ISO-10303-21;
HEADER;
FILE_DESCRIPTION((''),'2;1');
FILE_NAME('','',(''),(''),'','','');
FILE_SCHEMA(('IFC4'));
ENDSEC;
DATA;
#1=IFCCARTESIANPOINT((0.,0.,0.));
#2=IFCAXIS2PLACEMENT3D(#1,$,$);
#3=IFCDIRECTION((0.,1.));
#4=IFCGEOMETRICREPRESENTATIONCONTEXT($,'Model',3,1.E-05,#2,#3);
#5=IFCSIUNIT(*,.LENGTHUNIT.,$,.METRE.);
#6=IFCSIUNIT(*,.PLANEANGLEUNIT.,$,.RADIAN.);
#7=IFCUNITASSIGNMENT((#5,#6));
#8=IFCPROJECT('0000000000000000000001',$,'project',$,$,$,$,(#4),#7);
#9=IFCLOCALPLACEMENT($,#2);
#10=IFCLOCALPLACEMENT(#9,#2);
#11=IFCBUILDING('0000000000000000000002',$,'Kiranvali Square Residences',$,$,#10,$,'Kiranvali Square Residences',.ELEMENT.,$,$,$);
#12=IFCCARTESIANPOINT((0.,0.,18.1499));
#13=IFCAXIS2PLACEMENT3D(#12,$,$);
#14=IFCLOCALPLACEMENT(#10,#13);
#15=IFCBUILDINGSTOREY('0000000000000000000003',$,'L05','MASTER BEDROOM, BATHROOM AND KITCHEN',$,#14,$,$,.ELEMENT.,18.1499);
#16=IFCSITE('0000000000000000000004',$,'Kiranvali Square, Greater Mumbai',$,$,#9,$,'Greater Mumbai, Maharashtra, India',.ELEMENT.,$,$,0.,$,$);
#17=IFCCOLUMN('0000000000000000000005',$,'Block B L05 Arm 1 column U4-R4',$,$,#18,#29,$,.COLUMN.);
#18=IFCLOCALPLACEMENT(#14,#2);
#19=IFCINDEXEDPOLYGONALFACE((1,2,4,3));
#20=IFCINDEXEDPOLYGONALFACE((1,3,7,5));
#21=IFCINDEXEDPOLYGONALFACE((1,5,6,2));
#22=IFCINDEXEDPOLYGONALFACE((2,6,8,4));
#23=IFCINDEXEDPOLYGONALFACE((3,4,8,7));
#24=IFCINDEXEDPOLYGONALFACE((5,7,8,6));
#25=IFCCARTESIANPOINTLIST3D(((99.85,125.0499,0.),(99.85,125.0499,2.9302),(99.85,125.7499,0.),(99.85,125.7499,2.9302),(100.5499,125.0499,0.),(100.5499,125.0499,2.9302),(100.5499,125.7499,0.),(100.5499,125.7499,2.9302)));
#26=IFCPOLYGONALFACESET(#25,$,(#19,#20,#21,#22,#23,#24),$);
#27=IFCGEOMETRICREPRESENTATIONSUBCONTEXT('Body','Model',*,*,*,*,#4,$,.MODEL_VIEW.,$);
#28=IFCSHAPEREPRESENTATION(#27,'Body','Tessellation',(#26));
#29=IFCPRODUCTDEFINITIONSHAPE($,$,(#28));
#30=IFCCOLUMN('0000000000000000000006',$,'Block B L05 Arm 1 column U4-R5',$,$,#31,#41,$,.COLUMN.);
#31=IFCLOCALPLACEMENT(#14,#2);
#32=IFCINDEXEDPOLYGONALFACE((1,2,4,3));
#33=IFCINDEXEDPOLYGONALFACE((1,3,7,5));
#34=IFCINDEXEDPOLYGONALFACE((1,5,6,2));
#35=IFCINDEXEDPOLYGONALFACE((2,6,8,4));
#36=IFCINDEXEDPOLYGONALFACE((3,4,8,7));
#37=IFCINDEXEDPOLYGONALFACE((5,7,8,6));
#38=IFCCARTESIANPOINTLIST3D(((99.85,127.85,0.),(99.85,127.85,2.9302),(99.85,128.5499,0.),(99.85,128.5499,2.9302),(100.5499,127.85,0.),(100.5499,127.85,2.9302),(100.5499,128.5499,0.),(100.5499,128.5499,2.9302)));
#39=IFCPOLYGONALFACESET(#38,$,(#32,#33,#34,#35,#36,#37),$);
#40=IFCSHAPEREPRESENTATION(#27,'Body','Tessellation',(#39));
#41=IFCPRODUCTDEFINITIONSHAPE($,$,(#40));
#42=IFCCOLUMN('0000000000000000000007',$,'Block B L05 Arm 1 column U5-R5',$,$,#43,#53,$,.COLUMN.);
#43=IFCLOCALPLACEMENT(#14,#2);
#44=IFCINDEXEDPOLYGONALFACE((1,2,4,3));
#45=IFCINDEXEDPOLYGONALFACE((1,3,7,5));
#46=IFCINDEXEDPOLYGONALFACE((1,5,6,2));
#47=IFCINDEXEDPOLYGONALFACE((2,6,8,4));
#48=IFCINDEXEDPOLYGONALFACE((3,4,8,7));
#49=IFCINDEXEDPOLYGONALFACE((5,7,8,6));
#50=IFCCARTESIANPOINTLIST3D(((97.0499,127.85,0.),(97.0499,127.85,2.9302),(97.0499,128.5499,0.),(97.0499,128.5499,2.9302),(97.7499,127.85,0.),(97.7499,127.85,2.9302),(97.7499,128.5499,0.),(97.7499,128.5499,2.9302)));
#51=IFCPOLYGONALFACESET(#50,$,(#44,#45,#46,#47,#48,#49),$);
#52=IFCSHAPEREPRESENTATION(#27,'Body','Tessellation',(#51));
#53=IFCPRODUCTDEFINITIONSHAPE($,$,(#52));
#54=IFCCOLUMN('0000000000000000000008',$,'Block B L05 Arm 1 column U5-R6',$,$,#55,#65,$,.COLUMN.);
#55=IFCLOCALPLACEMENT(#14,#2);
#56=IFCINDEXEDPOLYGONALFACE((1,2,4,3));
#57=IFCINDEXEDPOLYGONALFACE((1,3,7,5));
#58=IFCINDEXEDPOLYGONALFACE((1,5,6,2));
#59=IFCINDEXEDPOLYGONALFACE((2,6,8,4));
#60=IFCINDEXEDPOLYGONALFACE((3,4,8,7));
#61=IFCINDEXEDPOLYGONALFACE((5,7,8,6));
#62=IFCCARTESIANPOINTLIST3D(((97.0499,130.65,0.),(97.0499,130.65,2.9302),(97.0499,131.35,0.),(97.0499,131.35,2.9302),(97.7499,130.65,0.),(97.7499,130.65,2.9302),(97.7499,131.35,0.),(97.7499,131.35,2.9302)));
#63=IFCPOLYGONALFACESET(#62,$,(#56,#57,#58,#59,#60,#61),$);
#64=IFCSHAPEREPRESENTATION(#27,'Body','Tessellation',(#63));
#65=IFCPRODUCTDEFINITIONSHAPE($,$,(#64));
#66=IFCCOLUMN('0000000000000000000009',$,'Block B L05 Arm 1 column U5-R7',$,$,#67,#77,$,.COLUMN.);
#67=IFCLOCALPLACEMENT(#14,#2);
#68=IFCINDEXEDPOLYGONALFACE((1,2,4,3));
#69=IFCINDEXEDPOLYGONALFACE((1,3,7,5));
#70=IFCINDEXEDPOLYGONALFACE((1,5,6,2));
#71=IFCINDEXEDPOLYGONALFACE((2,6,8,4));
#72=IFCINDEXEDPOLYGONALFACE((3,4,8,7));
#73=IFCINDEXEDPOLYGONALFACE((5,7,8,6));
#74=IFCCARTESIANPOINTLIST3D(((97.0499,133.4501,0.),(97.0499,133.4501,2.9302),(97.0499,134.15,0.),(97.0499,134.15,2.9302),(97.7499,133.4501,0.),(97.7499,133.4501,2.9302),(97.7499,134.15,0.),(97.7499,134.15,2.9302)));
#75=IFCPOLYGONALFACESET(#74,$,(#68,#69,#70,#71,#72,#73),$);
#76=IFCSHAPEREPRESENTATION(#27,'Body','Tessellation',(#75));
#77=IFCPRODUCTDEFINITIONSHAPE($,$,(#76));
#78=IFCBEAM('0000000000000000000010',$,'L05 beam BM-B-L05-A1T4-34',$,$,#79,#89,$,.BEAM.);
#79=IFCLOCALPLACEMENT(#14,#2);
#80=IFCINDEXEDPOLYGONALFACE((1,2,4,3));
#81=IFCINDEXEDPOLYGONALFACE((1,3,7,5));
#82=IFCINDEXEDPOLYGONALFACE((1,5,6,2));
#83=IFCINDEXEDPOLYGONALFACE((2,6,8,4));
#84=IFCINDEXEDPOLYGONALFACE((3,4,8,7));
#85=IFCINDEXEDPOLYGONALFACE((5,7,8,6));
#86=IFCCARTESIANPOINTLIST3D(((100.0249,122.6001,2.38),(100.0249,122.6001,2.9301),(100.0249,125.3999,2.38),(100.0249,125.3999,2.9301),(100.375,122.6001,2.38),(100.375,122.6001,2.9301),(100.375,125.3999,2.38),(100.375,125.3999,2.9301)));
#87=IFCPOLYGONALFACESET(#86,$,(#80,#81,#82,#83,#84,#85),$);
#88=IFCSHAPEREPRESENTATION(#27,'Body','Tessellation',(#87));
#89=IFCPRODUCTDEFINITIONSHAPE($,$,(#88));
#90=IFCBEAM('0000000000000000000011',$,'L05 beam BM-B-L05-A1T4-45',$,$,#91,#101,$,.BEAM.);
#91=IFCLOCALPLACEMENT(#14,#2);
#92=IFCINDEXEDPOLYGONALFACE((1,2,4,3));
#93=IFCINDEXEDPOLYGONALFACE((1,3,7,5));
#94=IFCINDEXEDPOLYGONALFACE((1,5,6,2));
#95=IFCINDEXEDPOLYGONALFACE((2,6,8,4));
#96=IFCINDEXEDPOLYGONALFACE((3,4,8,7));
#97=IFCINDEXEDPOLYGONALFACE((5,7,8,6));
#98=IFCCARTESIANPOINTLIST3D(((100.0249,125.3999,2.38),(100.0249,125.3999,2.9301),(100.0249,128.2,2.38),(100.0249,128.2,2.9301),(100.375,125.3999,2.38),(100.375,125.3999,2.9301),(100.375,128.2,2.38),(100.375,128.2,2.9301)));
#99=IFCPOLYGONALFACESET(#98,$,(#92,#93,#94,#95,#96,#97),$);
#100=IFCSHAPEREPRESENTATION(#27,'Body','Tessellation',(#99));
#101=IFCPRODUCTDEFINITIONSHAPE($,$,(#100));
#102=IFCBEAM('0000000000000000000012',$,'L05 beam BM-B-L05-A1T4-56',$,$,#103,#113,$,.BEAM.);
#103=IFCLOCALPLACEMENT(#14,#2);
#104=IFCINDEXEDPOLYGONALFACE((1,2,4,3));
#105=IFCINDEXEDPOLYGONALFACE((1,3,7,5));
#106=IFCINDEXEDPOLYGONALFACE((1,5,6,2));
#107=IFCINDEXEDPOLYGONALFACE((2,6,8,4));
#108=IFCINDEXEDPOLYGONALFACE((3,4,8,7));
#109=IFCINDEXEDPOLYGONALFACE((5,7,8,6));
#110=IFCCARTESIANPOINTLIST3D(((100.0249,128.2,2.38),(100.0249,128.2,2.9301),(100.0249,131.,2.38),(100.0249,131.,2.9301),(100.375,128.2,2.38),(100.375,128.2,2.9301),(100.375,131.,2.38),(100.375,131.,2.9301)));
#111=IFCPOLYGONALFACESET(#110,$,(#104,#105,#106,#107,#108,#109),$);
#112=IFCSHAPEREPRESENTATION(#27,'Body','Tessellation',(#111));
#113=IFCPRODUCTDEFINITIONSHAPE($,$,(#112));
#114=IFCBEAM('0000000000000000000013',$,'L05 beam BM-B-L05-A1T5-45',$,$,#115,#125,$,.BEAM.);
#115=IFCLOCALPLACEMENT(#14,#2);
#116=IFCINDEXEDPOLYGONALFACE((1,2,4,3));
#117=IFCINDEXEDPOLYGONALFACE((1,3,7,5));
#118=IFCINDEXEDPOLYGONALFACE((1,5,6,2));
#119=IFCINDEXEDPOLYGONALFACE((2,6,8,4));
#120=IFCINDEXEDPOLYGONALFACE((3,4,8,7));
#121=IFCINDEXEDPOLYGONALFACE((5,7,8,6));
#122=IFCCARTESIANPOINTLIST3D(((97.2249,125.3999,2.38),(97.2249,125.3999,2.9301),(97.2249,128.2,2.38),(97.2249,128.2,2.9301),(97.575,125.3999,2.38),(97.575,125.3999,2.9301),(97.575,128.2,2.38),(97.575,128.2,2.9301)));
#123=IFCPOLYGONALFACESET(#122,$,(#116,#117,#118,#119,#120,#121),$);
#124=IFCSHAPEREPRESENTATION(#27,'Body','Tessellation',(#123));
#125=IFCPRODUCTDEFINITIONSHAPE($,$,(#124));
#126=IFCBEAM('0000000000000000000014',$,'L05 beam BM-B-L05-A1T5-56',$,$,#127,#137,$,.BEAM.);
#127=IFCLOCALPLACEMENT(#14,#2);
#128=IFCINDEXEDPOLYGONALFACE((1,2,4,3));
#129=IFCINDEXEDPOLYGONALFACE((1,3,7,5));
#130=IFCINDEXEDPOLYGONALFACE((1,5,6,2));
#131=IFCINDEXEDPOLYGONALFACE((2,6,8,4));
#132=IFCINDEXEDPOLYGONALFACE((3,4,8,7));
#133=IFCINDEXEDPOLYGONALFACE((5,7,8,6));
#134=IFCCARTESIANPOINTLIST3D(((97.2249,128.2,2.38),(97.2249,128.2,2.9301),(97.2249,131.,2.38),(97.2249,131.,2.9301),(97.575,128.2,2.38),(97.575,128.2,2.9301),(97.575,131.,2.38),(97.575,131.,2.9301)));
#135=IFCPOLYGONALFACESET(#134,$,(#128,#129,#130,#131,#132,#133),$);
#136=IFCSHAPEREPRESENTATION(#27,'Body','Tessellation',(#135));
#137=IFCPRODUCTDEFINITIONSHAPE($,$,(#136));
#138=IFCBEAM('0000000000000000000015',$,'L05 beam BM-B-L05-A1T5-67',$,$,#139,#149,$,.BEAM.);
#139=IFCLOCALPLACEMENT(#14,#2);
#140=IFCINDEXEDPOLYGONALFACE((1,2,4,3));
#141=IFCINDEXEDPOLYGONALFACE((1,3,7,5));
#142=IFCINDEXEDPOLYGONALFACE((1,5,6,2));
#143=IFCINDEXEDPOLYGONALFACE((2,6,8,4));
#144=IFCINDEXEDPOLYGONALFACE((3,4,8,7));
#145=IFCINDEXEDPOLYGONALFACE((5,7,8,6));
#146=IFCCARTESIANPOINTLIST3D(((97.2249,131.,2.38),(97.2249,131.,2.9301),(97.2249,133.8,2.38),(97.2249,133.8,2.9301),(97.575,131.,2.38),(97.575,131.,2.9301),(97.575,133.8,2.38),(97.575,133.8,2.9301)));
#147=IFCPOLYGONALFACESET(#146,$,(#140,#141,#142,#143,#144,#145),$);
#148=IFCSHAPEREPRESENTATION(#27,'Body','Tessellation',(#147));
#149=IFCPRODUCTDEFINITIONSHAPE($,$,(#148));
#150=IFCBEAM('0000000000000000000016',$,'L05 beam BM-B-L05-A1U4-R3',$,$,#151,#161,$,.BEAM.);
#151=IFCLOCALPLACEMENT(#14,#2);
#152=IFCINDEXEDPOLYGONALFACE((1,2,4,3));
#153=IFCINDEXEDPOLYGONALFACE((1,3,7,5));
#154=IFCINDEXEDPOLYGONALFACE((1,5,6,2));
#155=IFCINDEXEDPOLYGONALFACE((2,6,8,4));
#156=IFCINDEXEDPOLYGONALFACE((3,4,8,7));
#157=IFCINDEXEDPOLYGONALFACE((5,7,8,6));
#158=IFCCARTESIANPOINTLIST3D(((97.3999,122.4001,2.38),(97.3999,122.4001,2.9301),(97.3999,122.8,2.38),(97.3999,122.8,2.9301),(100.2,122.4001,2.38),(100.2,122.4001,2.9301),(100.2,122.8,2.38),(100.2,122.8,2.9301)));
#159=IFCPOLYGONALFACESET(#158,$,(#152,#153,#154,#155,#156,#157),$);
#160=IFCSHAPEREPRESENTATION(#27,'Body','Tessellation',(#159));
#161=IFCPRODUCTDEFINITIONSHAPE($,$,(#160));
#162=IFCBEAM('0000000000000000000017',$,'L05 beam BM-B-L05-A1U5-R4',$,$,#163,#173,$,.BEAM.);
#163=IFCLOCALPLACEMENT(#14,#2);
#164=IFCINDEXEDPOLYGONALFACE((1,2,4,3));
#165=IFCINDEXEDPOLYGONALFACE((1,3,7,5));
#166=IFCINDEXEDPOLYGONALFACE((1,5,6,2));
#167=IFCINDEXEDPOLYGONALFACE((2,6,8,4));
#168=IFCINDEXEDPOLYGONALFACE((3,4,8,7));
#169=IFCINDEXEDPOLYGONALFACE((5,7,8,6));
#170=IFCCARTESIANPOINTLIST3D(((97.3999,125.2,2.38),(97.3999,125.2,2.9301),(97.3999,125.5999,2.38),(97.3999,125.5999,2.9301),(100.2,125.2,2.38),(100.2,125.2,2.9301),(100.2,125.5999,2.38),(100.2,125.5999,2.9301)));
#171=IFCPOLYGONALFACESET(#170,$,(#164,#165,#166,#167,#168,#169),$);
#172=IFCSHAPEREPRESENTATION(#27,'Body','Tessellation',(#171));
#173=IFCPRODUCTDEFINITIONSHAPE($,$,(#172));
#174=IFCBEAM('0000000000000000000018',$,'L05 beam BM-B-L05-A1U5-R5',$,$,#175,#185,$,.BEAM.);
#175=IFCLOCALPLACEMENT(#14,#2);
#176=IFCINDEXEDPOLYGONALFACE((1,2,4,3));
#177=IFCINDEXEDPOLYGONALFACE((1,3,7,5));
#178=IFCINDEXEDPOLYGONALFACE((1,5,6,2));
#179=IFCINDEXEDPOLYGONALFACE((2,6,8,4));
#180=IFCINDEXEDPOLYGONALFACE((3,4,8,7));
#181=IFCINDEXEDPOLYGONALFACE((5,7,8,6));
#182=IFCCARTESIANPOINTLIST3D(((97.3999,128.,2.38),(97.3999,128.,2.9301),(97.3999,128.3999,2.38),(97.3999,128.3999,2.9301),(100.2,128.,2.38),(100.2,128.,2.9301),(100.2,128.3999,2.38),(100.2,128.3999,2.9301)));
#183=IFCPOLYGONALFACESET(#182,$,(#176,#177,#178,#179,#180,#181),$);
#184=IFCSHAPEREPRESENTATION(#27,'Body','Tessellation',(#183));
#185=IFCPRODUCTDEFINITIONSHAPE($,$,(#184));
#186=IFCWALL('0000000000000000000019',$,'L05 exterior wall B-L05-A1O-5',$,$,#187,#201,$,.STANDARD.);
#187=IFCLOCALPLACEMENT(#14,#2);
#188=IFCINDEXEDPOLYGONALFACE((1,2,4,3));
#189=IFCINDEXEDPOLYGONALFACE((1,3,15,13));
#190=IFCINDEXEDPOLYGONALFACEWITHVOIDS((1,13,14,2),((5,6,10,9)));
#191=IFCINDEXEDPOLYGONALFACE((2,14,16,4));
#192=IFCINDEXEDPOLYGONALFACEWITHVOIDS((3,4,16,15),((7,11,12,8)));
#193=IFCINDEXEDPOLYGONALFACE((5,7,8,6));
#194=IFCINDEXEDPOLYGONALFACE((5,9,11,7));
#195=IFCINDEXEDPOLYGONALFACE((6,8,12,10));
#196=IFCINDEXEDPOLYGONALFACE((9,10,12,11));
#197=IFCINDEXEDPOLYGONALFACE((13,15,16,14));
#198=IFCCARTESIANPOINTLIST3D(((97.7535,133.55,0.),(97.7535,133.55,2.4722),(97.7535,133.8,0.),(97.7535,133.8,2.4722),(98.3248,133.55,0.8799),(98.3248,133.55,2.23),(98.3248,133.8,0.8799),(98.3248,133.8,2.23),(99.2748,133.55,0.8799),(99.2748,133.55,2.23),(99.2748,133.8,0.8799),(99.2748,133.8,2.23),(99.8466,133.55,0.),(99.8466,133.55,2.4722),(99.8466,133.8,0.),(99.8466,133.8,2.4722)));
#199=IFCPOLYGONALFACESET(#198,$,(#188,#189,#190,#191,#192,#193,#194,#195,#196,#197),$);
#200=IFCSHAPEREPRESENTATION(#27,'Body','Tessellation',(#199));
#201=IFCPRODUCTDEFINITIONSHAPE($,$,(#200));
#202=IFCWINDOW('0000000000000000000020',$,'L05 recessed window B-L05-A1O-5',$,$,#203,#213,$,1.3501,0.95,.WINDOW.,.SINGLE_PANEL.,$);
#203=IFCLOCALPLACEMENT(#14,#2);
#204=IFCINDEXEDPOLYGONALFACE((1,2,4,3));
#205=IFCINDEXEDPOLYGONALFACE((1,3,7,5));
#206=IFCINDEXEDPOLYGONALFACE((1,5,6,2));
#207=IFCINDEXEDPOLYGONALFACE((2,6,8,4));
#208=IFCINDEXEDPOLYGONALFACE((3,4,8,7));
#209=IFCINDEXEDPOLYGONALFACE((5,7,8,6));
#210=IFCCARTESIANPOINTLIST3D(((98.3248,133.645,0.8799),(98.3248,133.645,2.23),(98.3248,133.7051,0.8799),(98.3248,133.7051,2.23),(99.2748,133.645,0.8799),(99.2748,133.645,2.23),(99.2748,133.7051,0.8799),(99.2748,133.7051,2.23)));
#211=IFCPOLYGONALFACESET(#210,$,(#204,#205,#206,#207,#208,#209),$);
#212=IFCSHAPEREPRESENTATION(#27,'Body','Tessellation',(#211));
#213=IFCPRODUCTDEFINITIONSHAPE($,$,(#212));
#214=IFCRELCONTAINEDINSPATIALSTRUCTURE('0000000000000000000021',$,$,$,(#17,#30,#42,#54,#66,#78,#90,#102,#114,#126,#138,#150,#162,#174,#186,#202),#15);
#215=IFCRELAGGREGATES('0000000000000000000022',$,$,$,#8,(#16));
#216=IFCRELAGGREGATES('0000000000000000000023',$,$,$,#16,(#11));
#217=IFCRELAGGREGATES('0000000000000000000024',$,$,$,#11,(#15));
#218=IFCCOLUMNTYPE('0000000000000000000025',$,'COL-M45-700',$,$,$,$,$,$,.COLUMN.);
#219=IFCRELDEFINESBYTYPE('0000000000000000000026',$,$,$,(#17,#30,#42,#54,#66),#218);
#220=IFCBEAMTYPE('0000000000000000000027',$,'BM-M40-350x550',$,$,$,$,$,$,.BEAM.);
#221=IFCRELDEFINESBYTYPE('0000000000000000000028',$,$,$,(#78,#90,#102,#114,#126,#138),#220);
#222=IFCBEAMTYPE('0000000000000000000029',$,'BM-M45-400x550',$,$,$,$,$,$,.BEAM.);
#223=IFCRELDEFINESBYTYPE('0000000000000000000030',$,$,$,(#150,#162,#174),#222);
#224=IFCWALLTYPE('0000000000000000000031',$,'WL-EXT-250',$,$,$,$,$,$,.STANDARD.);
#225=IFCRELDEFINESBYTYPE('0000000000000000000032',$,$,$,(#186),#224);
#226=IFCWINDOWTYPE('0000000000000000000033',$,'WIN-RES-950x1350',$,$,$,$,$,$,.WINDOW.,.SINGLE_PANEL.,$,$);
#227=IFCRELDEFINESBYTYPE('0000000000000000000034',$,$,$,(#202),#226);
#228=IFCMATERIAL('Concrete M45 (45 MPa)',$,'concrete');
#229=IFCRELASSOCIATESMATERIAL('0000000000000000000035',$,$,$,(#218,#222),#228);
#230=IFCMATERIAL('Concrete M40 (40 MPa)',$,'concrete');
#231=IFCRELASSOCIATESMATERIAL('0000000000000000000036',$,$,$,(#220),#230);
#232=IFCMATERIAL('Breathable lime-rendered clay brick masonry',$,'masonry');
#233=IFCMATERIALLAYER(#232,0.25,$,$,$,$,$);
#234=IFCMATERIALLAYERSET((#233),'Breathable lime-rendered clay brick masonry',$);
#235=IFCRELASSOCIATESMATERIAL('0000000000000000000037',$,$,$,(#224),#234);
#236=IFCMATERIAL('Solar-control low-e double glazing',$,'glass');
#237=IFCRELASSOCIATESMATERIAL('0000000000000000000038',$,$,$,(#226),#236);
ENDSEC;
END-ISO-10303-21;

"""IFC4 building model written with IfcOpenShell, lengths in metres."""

from ifc_helpers import new_model, si_unit, direction, frame, frame_2d, origin, origin_2d, place, context, subcontext, project, spatial, rectangle, extrude, material, layer, layer_set, material_profile, profile_set, type_object, element, fill, save


model = new_model("IFC4")

# Units and contexts
model_context = context("Model", 3, precision=1e-05, world=origin(), true_north=direction((0.0, 1.0)))
body_context = subcontext(model_context, "Body", "Model", "MODEL_VIEW")
ifc_project = project(units=[si_unit("LENGTHUNIT", "METRE"), si_unit("PLANEANGLEUNIT", "RADIAN")], contexts=[model_context])

# Site, building, storey
site_placement = place(None, origin())
site = spatial("IfcSite", under=ifc_project, at=site_placement, Name="Kiranvali Square, Greater Mumbai", LongName="Greater Mumbai, Maharashtra, India", CompositionType="ELEMENT", RefElevation=0.0)
building_placement = place(site_placement, origin())
building = spatial("IfcBuilding", under=site, at=building_placement, Name="Kiranvali Square Residences", LongName="Kiranvali Square Residences", CompositionType="ELEMENT")
storey_placement = place(building_placement, frame((0.0, 0.0, 18.1499)))
storey = spatial("IfcBuildingStorey", under=building, at=storey_placement, Name="L05", Description="MASTER BEDROOM, BATHROOM AND KITCHEN", CompositionType="ELEMENT", Elevation=18.1499)

# Columns
ifc_material_1 = material(Name="Concrete M45 (45 MPa)", Category="concrete")
ifc_material_profile_1 = material_profile(ifc_material_1, rectangle(XDim=0.7, YDim=0.7, at=origin_2d()), Name="RC 700x700")
ifc_profile_set_1 = profile_set([ifc_material_profile_1], Name="Concrete M45 (45 MPa)")
column_type = type_object("IfcColumnType", Name="COL-M45-700", PredefinedType="COLUMN", material=ifc_profile_set_1)
for number, where, z_axis, x_axis, name in (
    (1, (100.2, 125.3999, 0.0), (0.0, 0.0, 1.0), (1.0, 0.0, 0.0), "Block B L05 Arm 1 column U4-R4"),
    (2, (100.2, 128.2, 0.0), (0.0, 0.0, 1.0), (1.0, 0.0, 0.0), "Block B L05 Arm 1 column U4-R5"),
    (3, (97.3999, 128.2, 0.0), (0.0, 0.0, 1.0), (1.0, 0.0, 0.0), "Block B L05 Arm 1 column U5-R5"),
    (4, (97.3999, 131.0, 0.0), (0.0, 0.0, 1.0), (1.0, 0.0, 0.0), "Block B L05 Arm 1 column U5-R6"),
    (5, (97.3999, 133.8, 0.0), (0.0, 0.0, 1.0), (1.0, 0.0, 0.0), "Block B L05 Arm 1 column U5-R7"),
):
    element("IfcColumn", number, at=place(storey_placement, frame(where, z_axis=z_axis, x_axis=x_axis)), inside=storey, type_object=column_type, Name=name, PredefinedType="COLUMN", context=body_context, shape_type="SweptSolid", body=[
        extrude(rectangle(XDim=0.7, YDim=0.7, at=origin_2d()), origin(), (0.0, 0.0, 1.0), 2.9302),
    ])

# Beams
ifc_material_2 = material(Name="Concrete M40 (40 MPa)", Category="concrete")
ifc_material_profile_2 = material_profile(ifc_material_2, rectangle(XDim=0.3501, YDim=0.55, at=origin_2d()), Name="RC 350x550")
ifc_profile_set_2 = profile_set([ifc_material_profile_2], Name="Concrete M40 (40 MPa)")
beam_type_1 = type_object("IfcBeamType", Name="BM-M40-350x550", PredefinedType="BEAM", material=ifc_profile_set_2)
beam_placement = place(storey_placement, frame((100.2, 122.6001, 2.655), z_axis=(0.0, 1.0, 0.0), x_axis=(-1.0, 0.0, 0.0)))
element("IfcBeam", 6, at=beam_placement, inside=storey, type_object=beam_type_1, Name="L05 beam BM-B-L05-A1T4-34", PredefinedType="BEAM", context=body_context, shape_type="SweptSolid", body=[
    extrude(rectangle(XDim=0.3501, YDim=0.55, at=origin_2d()), origin(), (0.0, 0.0, 1.0), 2.7998),
])
for number, where, z_axis, x_axis, name in (
    (7, (100.2, 125.3999, 2.655), (0.0, 1.0, 0.0), (-1.0, 0.0, 0.0), "L05 beam BM-B-L05-A1T4-45"),
    (8, (100.2, 128.2, 2.655), (0.0, 1.0, 0.0), (-1.0, 0.0, 0.0), "L05 beam BM-B-L05-A1T4-56"),
    (9, (97.3999, 125.3999, 2.655), (0.0, 1.0, 0.0), (-1.0, 0.0, 0.0), "L05 beam BM-B-L05-A1T5-45"),
    (10, (97.3999, 128.2, 2.655), (0.0, 1.0, 0.0), (-1.0, 0.0, 0.0), "L05 beam BM-B-L05-A1T5-56"),
    (11, (97.3999, 131.0, 2.655), (0.0, 1.0, 0.0), (-1.0, 0.0, 0.0), "L05 beam BM-B-L05-A1T5-67"),
):
    element("IfcBeam", number, at=place(storey_placement, frame(where, z_axis=z_axis, x_axis=x_axis)), inside=storey, type_object=beam_type_1, Name=name, PredefinedType="BEAM", context=body_context, shape_type="SweptSolid", body=[
        extrude(rectangle(XDim=0.3501, YDim=0.55, at=origin_2d()), origin(), (0.0, 0.0, 1.0), 2.8),
    ])
ifc_material_profile_3 = material_profile(ifc_material_1, rectangle(XDim=0.3999, YDim=0.55, at=origin_2d()), Name="RC 400x550")
ifc_profile_set_3 = profile_set([ifc_material_profile_3], Name="Concrete M45 (45 MPa)")
beam_type_2 = type_object("IfcBeamType", Name="BM-M45-400x550", PredefinedType="BEAM", material=ifc_profile_set_3)
for number, where, z_axis, x_axis, name in (
    (12, (100.2, 122.6001, 2.655), (-1.0, 0.0, 0.0), (0.0, -1.0, 0.0), "L05 beam BM-B-L05-A1U4-R3"),
    (13, (100.2, 125.3999, 2.655), (-1.0, 0.0, 0.0), (0.0, -1.0, 0.0), "L05 beam BM-B-L05-A1U5-R4"),
    (14, (100.2, 128.2, 2.655), (-1.0, 0.0, 0.0), (0.0, -1.0, 0.0), "L05 beam BM-B-L05-A1U5-R5"),
):
    element("IfcBeam", number, at=place(storey_placement, frame(where, z_axis=z_axis, x_axis=x_axis)), inside=storey, type_object=beam_type_2, Name=name, PredefinedType="BEAM", context=body_context, shape_type="SweptSolid", body=[
        extrude(rectangle(XDim=0.3999, YDim=0.55, at=origin_2d()), origin(), (0.0, 0.0, 1.0), 2.8),
    ])

# Wall, opening, window
ifc_material_3 = material(Name="Breathable lime-rendered clay brick masonry", Category="masonry")
ifc_layer_1 = layer(ifc_material_3, 0.25)
ifc_layer_set_1 = layer_set([ifc_layer_1], Name="Breathable lime-rendered clay brick masonry")
wall_type_1 = type_object("IfcWallType", Name="WL-EXT-250", PredefinedType="STANDARD", material=ifc_layer_set_1)
wall_1_placement = place(storey_placement, frame((99.8464, 133.675, 0.0), z_axis=(0.0, 0.0, 1.0), x_axis=(-1.0, 0.0, 0.0)))
wall_1 = element("IfcWall", 15, at=wall_1_placement, inside=storey, type_object=wall_type_1, Name="L05 exterior wall B-L05-A1O-5", PredefinedType="STANDARD", context=body_context, shape_type="SweptSolid", body=[
    extrude(rectangle(XDim=2.093, YDim=0.25, at=frame_2d((1.0464, 0.0))), origin(), (0.0, 0.0, 1.0), 2.4722),
])
opening_1_placement = place(wall_1_placement, frame((0.5715, 0.0, 0.8799)))
opening_1 = element("IfcOpeningElement", 16, at=opening_1_placement, cuts=wall_1, PredefinedType="OPENING", context=body_context, shape_type="SweptSolid", body=[
    extrude(rectangle(XDim=0.95, YDim=1.3501, at=frame_2d((0.4751, 0.675))), frame((0.0, 0.135, 0.0), z_axis=(0.0, -1.0, 0.0), x_axis=(1.0, 0.0, 0.0)), (0.0, 0.0, 1.0), 0.27),
])
ifc_material_4 = material(Name="Solar-control low-e double glazing", Category="glass")
window_type_1 = type_object("IfcWindowType", Name="WIN-RES-950x1350", PartitioningType="SINGLE_PANEL", PredefinedType="WINDOW", material=ifc_material_4)
window_1_placement = place(opening_1_placement, origin())
window_1 = element("IfcWindow", 17, at=window_1_placement, inside=storey, type_object=window_type_1, Name="L05 recessed window B-L05-A1O-5", OverallHeight=1.3501, OverallWidth=0.95, PartitioningType="SINGLE_PANEL", PredefinedType="WINDOW", context=body_context, shape_type="SweptSolid", body=[
    extrude(rectangle(XDim=0.95, YDim=1.3501, at=frame_2d((0.4751, 0.675))), frame((0.0, 0.03, 0.0), z_axis=(0.0, -1.0, 0.0), x_axis=(1.0, 0.0, 0.0)), (0.0, 0.0, 1.0), 0.0601),
])
fill(opening_1, window_1)

save(model, "model.ifc")
